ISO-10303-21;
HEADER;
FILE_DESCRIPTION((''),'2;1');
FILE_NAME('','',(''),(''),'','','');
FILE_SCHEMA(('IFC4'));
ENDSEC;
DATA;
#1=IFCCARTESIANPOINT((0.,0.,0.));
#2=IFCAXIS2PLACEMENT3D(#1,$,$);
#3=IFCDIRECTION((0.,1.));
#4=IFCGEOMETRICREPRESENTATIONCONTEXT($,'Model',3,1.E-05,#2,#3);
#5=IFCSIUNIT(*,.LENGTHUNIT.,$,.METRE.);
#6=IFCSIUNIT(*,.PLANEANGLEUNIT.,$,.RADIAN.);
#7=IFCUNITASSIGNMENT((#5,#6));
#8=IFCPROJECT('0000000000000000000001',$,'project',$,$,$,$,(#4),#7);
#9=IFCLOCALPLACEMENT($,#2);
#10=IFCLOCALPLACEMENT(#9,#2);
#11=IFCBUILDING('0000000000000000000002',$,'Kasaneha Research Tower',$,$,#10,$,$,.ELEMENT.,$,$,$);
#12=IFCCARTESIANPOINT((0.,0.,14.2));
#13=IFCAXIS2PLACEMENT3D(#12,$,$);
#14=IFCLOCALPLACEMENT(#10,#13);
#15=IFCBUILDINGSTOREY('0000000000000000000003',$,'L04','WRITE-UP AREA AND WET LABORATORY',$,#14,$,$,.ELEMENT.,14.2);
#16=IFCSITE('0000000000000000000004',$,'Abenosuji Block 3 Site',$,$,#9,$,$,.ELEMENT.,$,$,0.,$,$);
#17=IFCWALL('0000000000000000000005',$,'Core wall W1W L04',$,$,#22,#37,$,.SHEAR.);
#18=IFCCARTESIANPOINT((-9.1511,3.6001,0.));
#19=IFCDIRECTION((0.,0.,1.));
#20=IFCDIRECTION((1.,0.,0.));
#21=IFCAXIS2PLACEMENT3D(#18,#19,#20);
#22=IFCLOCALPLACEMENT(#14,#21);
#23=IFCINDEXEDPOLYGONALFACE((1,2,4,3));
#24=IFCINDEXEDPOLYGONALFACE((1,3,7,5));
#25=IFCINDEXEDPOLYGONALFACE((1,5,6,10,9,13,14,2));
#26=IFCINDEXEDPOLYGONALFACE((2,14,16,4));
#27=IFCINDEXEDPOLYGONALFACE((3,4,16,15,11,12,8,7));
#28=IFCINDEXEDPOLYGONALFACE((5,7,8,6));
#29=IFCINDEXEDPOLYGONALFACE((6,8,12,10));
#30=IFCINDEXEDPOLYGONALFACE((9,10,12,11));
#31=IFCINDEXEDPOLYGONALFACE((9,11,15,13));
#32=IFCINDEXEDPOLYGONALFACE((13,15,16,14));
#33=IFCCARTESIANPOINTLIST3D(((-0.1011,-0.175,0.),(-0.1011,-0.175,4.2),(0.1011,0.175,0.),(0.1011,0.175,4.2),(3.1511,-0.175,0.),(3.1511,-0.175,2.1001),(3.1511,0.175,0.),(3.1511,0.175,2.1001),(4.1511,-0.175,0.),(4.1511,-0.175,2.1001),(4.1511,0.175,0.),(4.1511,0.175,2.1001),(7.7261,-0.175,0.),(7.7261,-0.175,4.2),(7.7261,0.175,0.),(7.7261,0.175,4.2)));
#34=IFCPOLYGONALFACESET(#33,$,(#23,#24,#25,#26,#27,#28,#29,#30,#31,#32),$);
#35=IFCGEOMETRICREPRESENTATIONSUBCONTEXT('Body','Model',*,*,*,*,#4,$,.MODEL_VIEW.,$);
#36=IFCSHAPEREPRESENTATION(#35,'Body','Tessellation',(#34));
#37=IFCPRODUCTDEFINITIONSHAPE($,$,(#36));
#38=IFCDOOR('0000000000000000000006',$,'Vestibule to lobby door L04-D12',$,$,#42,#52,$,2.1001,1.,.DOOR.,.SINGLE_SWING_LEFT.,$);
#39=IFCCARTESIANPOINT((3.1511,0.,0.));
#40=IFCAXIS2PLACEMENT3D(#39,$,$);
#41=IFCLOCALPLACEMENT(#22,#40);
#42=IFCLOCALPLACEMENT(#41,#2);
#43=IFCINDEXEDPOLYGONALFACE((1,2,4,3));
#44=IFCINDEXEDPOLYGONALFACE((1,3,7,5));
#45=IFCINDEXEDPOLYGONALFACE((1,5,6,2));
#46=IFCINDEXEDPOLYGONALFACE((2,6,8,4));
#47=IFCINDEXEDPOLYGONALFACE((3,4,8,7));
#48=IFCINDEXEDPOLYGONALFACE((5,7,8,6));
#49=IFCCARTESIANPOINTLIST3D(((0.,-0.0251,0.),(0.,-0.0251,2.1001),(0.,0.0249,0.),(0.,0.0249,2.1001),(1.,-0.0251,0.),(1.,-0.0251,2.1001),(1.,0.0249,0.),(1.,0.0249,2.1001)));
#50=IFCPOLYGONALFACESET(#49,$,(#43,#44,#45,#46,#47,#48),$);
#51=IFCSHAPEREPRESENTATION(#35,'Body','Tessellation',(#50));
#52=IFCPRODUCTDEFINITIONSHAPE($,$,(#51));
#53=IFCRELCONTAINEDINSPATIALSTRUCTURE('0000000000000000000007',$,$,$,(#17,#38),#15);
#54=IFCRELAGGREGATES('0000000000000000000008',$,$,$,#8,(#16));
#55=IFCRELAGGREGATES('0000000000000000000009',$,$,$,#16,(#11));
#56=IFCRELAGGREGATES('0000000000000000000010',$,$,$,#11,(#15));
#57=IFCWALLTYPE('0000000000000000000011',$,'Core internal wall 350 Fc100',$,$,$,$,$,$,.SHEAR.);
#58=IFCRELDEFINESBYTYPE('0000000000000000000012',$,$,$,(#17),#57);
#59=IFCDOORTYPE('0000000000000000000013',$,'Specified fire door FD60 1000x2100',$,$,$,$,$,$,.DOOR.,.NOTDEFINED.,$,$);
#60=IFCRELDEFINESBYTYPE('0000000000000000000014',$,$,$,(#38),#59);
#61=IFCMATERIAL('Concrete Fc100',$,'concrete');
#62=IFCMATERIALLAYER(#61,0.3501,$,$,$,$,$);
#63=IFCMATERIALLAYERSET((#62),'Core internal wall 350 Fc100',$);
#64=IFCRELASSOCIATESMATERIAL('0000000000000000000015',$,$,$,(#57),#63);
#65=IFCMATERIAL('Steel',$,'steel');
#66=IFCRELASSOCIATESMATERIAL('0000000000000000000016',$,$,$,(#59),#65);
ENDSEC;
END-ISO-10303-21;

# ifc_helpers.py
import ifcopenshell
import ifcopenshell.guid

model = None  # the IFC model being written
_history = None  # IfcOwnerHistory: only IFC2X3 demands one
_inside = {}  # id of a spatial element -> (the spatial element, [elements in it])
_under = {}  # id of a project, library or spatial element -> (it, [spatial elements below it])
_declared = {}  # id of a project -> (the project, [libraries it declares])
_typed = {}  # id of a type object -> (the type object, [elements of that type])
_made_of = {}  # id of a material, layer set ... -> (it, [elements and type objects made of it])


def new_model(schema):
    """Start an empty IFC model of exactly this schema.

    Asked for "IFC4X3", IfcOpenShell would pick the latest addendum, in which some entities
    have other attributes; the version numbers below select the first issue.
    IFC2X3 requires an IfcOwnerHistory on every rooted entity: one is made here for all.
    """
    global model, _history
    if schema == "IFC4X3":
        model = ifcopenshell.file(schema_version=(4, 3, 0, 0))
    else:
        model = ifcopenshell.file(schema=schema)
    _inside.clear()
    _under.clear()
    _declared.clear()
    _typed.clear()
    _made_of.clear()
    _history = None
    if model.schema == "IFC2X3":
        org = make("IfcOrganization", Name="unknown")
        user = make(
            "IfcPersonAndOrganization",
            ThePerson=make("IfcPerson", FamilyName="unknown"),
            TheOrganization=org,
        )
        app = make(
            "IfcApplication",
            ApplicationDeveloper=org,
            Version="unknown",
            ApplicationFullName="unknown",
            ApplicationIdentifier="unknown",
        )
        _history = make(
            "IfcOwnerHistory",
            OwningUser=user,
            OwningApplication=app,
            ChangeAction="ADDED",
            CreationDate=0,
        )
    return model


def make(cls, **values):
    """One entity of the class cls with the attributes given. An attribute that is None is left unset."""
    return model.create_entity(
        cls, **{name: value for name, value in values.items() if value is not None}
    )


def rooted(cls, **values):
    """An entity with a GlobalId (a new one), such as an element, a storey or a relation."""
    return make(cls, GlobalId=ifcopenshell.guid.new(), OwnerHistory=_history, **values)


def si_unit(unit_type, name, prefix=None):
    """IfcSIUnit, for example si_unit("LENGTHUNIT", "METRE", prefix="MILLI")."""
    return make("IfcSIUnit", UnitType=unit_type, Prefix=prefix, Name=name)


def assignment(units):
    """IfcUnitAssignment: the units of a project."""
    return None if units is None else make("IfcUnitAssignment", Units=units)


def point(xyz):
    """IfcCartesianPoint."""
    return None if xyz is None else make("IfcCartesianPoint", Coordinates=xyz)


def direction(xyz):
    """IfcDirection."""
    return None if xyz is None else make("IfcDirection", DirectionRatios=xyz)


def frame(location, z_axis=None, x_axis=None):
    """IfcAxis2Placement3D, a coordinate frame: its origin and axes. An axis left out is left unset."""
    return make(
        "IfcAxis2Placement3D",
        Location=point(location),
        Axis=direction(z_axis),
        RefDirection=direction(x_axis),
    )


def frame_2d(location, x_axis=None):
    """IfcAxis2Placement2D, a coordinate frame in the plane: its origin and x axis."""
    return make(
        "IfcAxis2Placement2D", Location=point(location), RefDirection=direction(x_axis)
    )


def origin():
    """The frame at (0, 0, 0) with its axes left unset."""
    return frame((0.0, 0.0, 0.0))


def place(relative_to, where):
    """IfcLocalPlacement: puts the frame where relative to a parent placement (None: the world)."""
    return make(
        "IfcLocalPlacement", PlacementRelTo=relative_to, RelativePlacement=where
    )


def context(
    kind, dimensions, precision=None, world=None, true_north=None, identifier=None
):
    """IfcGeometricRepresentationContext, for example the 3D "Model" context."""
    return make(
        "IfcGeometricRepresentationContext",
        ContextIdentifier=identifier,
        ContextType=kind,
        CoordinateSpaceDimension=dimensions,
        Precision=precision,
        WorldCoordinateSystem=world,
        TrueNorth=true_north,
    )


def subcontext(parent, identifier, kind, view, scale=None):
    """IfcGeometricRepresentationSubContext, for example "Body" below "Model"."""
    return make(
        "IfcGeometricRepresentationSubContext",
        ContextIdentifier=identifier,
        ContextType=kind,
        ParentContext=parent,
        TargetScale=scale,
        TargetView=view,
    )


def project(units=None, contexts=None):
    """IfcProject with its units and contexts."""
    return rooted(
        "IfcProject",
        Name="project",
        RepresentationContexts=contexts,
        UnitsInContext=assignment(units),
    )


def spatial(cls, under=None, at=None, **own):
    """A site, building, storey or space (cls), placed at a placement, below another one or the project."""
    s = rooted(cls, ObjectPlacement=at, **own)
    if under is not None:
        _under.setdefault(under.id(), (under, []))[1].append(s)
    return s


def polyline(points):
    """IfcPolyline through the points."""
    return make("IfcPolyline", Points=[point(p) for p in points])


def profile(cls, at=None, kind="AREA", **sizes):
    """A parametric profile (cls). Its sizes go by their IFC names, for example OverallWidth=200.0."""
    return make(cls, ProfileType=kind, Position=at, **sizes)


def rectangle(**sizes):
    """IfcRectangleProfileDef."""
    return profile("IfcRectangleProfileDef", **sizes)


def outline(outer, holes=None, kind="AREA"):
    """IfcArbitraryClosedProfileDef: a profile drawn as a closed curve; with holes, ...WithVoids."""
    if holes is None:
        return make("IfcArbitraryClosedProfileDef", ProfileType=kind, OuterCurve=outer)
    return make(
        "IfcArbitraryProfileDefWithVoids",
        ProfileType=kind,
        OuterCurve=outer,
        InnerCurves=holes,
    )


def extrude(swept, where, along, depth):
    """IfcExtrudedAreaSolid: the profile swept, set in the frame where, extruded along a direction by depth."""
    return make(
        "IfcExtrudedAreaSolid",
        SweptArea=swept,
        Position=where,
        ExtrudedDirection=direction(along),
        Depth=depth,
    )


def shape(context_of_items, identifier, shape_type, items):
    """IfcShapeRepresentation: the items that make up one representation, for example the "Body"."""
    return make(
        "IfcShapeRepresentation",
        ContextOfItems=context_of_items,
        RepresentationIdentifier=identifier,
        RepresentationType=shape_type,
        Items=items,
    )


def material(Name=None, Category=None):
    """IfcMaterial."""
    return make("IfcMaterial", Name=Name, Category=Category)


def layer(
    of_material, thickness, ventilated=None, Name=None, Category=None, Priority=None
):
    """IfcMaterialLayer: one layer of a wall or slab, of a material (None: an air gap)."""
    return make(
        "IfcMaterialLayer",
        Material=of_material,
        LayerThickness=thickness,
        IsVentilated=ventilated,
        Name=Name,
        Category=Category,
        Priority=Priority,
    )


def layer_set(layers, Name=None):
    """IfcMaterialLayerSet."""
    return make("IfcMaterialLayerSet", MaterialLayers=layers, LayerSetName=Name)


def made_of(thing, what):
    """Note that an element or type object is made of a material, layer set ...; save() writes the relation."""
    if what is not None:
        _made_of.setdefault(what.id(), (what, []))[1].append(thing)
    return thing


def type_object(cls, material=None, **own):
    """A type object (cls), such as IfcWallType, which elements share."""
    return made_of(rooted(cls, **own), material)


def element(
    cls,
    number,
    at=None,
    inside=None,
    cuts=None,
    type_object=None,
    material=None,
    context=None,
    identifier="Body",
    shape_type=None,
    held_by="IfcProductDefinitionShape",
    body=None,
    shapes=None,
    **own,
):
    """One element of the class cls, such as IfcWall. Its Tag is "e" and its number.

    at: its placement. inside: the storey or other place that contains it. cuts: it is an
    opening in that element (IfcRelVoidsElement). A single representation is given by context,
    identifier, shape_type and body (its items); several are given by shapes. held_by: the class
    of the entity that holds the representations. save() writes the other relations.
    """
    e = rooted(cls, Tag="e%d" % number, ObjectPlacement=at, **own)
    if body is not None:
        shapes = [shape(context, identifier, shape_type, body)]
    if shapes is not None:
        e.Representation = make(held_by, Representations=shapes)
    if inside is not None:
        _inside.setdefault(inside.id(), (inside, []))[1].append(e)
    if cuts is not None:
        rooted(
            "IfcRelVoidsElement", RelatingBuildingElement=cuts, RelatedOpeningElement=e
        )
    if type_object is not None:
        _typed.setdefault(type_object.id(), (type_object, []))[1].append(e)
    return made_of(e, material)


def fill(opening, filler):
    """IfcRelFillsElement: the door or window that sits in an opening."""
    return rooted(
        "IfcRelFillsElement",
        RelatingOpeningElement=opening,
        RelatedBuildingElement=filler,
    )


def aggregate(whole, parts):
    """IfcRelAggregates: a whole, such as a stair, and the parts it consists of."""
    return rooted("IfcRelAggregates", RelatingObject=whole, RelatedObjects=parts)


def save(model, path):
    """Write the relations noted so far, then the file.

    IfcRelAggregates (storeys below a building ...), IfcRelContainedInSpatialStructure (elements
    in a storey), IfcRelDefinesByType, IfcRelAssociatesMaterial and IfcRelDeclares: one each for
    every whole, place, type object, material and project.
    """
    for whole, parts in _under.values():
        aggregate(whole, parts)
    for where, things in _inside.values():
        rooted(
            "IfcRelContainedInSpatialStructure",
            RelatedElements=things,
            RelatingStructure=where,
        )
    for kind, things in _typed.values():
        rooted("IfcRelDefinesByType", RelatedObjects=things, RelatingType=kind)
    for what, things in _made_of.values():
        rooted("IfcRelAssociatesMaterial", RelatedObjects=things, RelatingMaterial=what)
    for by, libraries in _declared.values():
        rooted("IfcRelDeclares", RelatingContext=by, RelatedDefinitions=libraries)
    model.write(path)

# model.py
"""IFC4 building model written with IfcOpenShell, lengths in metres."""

from ifc_helpers import new_model, si_unit, direction, frame, frame_2d, origin, place, context, subcontext, project, spatial, polyline, rectangle, outline, extrude, material, layer, layer_set, type_object, element, fill, save


model = new_model("IFC4")

# Units and contexts
model_context = context("Model", 3, precision=1e-05, world=origin(), true_north=direction((0.0, 1.0)))
body_context = subcontext(model_context, "Body", "Model", "MODEL_VIEW")
ifc_project = project(units=[si_unit("LENGTHUNIT", "METRE"), si_unit("PLANEANGLEUNIT", "RADIAN")], contexts=[model_context])

# Site, building, storey
site_placement = place(None, origin())
site = spatial("IfcSite", under=ifc_project, at=site_placement, Name="Abenosuji Block 3 Site", CompositionType="ELEMENT", RefElevation=0.0)
building_placement = place(site_placement, origin())
building = spatial("IfcBuilding", under=site, at=building_placement, Name="Kasaneha Research Tower", CompositionType="ELEMENT")
storey_placement = place(building_placement, frame((0.0, 0.0, 14.2)))
storey = spatial("IfcBuildingStorey", under=building, at=storey_placement, Name="L04", Description="WRITE-UP AREA AND WET LABORATORY", CompositionType="ELEMENT", Elevation=14.2)

# Wall, opening, door
ifc_material_1 = material(Name="Concrete Fc100", Category="concrete")
ifc_layer_1 = layer(ifc_material_1, 0.3501)
ifc_layer_set_1 = layer_set([ifc_layer_1], Name="Core internal wall 350 Fc100")
wall_type_1 = type_object("IfcWallType", Name="Core internal wall 350 Fc100", PredefinedType="SHEAR", material=ifc_layer_set_1)
wall_1_placement = place(storey_placement, frame((-9.1511, 3.6001, 0.0), z_axis=(0.0, 0.0, 1.0), x_axis=(1.0, 0.0, 0.0)))
wall_1 = element("IfcWall", 1, at=wall_1_placement, inside=storey, type_object=wall_type_1, Name="Core wall W1W L04", PredefinedType="SHEAR", context=body_context, shape_type="SweptSolid", body=[
    extrude(outline(polyline([(-0.1011, -0.175), (3.1511, -0.175), (4.1511, -0.175), (7.7261, -0.175), (7.7261, 0.175), (4.1511, 0.175), (3.1511, 0.175), (0.1011, 0.175), (-0.1011, -0.175)])), origin(), (0.0, 0.0, 1.0), 4.2),
])
opening_1_placement = place(wall_1_placement, frame((3.1511, 0.0, 0.0)))
opening_1 = element("IfcOpeningElement", 2, at=opening_1_placement, cuts=wall_1, PredefinedType="OPENING", context=body_context, shape_type="SweptSolid", body=[
    extrude(rectangle(XDim=1.0, YDim=2.1001, at=frame_2d((0.5, 1.05))), frame((0.0, 0.1851, 0.0), z_axis=(0.0, -1.0, 0.0), x_axis=(1.0, 0.0, 0.0)), (0.0, 0.0, 1.0), 0.3701),
])
ifc_material_2 = material(Name="Steel", Category="steel")
door_type_1 = type_object("IfcDoorType", Name="Specified fire door FD60 1000x2100", OperationType="NOTDEFINED", PredefinedType="DOOR", material=ifc_material_2)
door_1_placement = place(opening_1_placement, origin())
door_1 = element("IfcDoor", 3, at=door_1_placement, inside=storey, type_object=door_type_1, Name="Vestibule to lobby door L04-D12", OperationType="SINGLE_SWING_LEFT", OverallHeight=2.1001, OverallWidth=1.0, PredefinedType="DOOR", context=body_context, shape_type="SweptSolid", body=[
    extrude(rectangle(XDim=1.0, YDim=2.1001, at=frame_2d((0.5, 1.05))), frame((0.0, 0.0249, 0.0), z_axis=(0.0, -1.0, 0.0), x_axis=(1.0, 0.0, 0.0)), (0.0, 0.0, 1.0), 0.05),
])
fill(opening_1, door_1)

save(model, "model.ifc")
